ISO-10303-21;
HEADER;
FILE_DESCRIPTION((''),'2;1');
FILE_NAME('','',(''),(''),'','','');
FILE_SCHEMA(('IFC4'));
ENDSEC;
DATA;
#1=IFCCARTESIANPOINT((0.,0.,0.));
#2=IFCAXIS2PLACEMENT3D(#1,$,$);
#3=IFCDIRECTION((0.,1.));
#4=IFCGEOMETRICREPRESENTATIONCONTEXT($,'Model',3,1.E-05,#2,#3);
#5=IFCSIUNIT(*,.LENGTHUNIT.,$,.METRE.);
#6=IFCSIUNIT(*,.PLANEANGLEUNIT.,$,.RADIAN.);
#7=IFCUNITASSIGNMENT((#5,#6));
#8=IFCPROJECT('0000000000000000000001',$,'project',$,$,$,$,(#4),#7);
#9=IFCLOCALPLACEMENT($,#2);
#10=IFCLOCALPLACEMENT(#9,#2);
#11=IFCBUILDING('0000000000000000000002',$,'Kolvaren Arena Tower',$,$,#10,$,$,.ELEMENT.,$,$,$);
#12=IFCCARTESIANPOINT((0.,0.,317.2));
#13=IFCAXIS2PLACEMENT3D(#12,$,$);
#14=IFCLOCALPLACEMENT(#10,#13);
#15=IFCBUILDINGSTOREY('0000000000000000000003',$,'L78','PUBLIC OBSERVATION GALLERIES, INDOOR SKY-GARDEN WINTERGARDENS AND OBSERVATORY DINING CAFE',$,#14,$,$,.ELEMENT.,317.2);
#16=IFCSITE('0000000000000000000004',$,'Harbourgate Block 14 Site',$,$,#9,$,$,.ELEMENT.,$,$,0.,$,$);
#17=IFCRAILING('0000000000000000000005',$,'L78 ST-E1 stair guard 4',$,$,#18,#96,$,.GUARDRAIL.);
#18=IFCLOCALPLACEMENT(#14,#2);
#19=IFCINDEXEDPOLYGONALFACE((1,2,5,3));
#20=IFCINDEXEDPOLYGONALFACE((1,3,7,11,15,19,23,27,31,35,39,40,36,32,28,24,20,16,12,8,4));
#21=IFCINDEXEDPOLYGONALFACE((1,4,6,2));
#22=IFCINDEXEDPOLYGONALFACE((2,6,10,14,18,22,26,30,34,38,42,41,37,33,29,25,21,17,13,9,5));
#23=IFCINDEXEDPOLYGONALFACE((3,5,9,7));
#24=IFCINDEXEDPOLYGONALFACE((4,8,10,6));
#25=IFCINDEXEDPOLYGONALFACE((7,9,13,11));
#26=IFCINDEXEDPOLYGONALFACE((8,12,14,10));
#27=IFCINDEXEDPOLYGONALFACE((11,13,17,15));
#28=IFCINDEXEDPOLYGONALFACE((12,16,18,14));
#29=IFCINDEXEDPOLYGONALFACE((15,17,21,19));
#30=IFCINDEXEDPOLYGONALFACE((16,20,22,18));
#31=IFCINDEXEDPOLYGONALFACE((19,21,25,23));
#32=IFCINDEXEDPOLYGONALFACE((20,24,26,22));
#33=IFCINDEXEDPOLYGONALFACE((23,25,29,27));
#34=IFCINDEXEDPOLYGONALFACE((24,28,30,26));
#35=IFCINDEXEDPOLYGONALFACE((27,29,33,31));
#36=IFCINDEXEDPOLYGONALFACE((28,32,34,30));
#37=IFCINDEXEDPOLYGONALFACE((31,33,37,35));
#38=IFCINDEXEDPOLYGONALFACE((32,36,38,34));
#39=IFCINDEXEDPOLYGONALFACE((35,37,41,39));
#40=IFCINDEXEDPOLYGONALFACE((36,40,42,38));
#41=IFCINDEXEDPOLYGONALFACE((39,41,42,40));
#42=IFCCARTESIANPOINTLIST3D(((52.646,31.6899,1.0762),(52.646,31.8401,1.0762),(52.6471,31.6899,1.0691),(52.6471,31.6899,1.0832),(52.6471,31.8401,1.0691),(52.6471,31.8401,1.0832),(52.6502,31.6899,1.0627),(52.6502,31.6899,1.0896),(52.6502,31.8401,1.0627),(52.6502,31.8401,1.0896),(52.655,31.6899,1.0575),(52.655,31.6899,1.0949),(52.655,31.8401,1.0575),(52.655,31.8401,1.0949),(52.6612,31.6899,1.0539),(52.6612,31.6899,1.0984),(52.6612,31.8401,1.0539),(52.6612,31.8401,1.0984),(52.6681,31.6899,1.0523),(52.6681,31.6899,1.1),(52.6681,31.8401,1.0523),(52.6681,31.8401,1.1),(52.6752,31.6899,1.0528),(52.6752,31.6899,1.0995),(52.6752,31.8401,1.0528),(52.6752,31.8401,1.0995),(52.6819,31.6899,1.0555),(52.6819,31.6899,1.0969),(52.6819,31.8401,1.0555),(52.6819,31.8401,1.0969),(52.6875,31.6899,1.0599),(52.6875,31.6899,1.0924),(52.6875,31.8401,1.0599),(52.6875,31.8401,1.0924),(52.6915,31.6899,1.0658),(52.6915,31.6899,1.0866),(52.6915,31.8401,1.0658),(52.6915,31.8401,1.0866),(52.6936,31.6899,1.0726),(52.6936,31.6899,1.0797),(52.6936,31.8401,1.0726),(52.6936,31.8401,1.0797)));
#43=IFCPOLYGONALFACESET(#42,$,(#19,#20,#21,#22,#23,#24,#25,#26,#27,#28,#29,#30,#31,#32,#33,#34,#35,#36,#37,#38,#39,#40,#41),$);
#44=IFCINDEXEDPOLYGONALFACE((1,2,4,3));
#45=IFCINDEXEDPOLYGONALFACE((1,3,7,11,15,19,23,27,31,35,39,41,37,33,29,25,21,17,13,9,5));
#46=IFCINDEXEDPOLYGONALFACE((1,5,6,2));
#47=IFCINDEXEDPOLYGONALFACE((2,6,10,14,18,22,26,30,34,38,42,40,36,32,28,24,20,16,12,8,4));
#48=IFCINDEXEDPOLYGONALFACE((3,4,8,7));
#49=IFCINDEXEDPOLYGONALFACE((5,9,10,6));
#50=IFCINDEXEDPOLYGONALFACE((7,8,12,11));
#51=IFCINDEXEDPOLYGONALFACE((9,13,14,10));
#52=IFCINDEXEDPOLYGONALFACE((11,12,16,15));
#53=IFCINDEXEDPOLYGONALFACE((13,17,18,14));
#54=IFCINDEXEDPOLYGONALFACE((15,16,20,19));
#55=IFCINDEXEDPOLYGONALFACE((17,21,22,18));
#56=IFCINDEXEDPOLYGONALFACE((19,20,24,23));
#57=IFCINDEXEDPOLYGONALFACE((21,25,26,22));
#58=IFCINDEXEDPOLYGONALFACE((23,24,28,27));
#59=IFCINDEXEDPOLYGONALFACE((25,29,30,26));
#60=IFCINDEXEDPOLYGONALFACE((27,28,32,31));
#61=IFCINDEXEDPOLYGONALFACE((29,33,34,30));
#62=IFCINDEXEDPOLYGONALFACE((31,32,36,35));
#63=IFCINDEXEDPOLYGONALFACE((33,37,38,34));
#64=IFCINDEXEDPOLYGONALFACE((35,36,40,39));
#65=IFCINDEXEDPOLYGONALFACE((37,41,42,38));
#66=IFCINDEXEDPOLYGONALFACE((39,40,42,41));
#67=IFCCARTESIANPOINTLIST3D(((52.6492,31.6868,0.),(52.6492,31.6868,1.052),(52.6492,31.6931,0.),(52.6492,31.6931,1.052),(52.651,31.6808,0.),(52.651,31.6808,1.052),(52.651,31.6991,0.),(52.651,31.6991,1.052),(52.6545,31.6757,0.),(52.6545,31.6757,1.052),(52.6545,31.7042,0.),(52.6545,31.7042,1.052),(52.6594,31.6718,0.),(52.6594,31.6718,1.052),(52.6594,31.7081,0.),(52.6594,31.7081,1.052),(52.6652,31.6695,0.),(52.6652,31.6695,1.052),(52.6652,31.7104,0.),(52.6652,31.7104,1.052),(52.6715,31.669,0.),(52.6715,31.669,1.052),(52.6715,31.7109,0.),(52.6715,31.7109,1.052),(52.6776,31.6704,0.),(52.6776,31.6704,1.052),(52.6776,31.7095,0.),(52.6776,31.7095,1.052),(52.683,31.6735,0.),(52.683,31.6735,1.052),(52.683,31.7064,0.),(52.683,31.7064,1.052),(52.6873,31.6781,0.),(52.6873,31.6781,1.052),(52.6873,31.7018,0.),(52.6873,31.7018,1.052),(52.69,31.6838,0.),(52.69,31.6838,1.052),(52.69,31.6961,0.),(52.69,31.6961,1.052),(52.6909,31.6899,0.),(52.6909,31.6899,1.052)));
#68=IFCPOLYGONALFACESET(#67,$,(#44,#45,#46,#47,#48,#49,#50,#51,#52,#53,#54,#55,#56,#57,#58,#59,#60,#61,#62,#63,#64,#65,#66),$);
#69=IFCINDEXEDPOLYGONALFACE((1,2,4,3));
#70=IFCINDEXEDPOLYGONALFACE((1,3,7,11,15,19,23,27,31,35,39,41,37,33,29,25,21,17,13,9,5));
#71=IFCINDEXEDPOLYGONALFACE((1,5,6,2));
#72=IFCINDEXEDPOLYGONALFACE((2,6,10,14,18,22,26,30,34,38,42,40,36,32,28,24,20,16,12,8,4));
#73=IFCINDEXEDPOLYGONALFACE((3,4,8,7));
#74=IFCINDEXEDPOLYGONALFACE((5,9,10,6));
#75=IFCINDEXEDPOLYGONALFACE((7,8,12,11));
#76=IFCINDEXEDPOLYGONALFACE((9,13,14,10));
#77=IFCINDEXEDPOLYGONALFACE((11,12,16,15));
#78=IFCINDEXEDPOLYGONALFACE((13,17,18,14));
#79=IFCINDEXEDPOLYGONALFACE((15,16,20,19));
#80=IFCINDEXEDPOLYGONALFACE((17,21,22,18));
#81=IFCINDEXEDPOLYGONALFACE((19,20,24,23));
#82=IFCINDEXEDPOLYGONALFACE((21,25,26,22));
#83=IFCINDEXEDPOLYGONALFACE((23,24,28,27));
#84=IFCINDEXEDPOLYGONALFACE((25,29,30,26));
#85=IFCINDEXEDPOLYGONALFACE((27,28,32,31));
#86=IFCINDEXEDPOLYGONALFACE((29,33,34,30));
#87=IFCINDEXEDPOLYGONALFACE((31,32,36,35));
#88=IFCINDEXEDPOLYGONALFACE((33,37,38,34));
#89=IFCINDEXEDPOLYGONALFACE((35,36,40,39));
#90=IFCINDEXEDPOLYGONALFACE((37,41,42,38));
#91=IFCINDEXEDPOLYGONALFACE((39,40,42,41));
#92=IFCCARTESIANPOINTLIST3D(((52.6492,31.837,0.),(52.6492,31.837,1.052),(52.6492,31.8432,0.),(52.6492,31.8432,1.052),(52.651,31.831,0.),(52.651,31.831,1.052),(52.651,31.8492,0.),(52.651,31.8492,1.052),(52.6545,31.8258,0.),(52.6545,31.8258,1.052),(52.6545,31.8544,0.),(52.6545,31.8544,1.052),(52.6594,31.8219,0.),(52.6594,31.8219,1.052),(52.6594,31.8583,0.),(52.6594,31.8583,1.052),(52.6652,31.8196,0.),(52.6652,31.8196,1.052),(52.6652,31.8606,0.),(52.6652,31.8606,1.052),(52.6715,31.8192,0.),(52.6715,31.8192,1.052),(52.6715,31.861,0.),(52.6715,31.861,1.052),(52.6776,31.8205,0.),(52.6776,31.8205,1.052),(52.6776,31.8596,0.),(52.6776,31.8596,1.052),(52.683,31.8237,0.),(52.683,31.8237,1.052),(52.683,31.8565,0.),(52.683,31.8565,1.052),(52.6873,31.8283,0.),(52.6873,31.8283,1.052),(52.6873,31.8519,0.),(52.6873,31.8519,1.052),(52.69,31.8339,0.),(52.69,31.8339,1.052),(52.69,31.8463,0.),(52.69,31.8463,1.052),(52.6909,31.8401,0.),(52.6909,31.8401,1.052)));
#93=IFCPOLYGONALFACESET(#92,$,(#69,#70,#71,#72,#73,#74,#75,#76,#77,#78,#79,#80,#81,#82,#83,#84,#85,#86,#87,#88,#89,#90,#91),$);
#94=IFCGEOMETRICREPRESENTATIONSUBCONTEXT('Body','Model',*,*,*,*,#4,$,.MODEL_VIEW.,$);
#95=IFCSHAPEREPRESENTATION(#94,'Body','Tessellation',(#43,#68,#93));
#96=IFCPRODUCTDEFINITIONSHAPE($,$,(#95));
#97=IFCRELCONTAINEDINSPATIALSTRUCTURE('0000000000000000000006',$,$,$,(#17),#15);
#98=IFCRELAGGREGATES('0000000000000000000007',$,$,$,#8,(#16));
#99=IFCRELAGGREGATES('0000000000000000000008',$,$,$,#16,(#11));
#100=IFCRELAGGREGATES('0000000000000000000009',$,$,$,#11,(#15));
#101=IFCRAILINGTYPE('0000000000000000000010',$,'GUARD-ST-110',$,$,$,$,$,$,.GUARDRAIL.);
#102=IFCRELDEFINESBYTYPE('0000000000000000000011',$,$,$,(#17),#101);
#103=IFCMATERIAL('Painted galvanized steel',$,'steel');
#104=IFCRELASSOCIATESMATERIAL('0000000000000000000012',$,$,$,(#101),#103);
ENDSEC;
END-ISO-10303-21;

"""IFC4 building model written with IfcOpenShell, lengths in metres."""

from ifc_helpers import new_model, si_unit, direction, frame, origin, origin_2d, place, context, subcontext, project, spatial, circle, extrude, material, type_object, element, save


model = new_model("IFC4")

# Units and contexts
model_context = context("Model", 3, precision=1e-05, world=origin(), true_north=direction((0.0, 1.0)))
body_context = subcontext(model_context, "Body", "Model", "MODEL_VIEW")
ifc_project = project(units=[si_unit("LENGTHUNIT", "METRE"), si_unit("PLANEANGLEUNIT", "RADIAN")], contexts=[model_context])

# Site, building, storey
site_placement = place(None, origin())
site = spatial("IfcSite", under=ifc_project, at=site_placement, Name="Harbourgate Block 14 Site", CompositionType="ELEMENT", RefElevation=0.0)
building_placement = place(site_placement, origin())
building = spatial("IfcBuilding", under=site, at=building_placement, Name="Kolvaren Arena Tower", CompositionType="ELEMENT")
storey_placement = place(building_placement, frame((0.0, 0.0, 317.2)))
storey = spatial("IfcBuildingStorey", under=building, at=storey_placement, Name="L78", Description="PUBLIC OBSERVATION GALLERIES, INDOOR SKY-GARDEN WINTERGARDENS AND OBSERVATORY DINING CAFE", CompositionType="ELEMENT", Elevation=317.2)

# Railing
ifc_material_1 = material(Name="Painted galvanized steel", Category="steel")
railing_type_1 = type_object("IfcRailingType", Name="GUARD-ST-110", PredefinedType="GUARDRAIL", material=ifc_material_1)
railing_1_placement = place(storey_placement, frame((52.6699, 31.6899, 0.0)))
element("IfcRailing", 1, at=railing_1_placement, inside=storey, type_object=railing_type_1, Name="L78 ST-E1 stair guard 4", PredefinedType="GUARDRAIL", context=body_context, shape_type="SweptSolid", body=[
    extrude(circle(Radius=0.0239, at=origin_2d()), frame((0.0, 0.0, 1.0762), z_axis=(0.0, 1.0, 0.0), x_axis=(-1.0, 0.0, 0.0)), (0.0, 0.0, 1.0), 0.1501),
    extrude(circle(Radius=0.021, at=origin_2d()), origin(), (0.0, 0.0, 1.0), 1.052),
    extrude(circle(Radius=0.021, at=origin_2d()), frame((0.0, 0.1501, 0.0)), (0.0, 0.0, 1.0), 1.052),
])

save(model, "model.ifc")
